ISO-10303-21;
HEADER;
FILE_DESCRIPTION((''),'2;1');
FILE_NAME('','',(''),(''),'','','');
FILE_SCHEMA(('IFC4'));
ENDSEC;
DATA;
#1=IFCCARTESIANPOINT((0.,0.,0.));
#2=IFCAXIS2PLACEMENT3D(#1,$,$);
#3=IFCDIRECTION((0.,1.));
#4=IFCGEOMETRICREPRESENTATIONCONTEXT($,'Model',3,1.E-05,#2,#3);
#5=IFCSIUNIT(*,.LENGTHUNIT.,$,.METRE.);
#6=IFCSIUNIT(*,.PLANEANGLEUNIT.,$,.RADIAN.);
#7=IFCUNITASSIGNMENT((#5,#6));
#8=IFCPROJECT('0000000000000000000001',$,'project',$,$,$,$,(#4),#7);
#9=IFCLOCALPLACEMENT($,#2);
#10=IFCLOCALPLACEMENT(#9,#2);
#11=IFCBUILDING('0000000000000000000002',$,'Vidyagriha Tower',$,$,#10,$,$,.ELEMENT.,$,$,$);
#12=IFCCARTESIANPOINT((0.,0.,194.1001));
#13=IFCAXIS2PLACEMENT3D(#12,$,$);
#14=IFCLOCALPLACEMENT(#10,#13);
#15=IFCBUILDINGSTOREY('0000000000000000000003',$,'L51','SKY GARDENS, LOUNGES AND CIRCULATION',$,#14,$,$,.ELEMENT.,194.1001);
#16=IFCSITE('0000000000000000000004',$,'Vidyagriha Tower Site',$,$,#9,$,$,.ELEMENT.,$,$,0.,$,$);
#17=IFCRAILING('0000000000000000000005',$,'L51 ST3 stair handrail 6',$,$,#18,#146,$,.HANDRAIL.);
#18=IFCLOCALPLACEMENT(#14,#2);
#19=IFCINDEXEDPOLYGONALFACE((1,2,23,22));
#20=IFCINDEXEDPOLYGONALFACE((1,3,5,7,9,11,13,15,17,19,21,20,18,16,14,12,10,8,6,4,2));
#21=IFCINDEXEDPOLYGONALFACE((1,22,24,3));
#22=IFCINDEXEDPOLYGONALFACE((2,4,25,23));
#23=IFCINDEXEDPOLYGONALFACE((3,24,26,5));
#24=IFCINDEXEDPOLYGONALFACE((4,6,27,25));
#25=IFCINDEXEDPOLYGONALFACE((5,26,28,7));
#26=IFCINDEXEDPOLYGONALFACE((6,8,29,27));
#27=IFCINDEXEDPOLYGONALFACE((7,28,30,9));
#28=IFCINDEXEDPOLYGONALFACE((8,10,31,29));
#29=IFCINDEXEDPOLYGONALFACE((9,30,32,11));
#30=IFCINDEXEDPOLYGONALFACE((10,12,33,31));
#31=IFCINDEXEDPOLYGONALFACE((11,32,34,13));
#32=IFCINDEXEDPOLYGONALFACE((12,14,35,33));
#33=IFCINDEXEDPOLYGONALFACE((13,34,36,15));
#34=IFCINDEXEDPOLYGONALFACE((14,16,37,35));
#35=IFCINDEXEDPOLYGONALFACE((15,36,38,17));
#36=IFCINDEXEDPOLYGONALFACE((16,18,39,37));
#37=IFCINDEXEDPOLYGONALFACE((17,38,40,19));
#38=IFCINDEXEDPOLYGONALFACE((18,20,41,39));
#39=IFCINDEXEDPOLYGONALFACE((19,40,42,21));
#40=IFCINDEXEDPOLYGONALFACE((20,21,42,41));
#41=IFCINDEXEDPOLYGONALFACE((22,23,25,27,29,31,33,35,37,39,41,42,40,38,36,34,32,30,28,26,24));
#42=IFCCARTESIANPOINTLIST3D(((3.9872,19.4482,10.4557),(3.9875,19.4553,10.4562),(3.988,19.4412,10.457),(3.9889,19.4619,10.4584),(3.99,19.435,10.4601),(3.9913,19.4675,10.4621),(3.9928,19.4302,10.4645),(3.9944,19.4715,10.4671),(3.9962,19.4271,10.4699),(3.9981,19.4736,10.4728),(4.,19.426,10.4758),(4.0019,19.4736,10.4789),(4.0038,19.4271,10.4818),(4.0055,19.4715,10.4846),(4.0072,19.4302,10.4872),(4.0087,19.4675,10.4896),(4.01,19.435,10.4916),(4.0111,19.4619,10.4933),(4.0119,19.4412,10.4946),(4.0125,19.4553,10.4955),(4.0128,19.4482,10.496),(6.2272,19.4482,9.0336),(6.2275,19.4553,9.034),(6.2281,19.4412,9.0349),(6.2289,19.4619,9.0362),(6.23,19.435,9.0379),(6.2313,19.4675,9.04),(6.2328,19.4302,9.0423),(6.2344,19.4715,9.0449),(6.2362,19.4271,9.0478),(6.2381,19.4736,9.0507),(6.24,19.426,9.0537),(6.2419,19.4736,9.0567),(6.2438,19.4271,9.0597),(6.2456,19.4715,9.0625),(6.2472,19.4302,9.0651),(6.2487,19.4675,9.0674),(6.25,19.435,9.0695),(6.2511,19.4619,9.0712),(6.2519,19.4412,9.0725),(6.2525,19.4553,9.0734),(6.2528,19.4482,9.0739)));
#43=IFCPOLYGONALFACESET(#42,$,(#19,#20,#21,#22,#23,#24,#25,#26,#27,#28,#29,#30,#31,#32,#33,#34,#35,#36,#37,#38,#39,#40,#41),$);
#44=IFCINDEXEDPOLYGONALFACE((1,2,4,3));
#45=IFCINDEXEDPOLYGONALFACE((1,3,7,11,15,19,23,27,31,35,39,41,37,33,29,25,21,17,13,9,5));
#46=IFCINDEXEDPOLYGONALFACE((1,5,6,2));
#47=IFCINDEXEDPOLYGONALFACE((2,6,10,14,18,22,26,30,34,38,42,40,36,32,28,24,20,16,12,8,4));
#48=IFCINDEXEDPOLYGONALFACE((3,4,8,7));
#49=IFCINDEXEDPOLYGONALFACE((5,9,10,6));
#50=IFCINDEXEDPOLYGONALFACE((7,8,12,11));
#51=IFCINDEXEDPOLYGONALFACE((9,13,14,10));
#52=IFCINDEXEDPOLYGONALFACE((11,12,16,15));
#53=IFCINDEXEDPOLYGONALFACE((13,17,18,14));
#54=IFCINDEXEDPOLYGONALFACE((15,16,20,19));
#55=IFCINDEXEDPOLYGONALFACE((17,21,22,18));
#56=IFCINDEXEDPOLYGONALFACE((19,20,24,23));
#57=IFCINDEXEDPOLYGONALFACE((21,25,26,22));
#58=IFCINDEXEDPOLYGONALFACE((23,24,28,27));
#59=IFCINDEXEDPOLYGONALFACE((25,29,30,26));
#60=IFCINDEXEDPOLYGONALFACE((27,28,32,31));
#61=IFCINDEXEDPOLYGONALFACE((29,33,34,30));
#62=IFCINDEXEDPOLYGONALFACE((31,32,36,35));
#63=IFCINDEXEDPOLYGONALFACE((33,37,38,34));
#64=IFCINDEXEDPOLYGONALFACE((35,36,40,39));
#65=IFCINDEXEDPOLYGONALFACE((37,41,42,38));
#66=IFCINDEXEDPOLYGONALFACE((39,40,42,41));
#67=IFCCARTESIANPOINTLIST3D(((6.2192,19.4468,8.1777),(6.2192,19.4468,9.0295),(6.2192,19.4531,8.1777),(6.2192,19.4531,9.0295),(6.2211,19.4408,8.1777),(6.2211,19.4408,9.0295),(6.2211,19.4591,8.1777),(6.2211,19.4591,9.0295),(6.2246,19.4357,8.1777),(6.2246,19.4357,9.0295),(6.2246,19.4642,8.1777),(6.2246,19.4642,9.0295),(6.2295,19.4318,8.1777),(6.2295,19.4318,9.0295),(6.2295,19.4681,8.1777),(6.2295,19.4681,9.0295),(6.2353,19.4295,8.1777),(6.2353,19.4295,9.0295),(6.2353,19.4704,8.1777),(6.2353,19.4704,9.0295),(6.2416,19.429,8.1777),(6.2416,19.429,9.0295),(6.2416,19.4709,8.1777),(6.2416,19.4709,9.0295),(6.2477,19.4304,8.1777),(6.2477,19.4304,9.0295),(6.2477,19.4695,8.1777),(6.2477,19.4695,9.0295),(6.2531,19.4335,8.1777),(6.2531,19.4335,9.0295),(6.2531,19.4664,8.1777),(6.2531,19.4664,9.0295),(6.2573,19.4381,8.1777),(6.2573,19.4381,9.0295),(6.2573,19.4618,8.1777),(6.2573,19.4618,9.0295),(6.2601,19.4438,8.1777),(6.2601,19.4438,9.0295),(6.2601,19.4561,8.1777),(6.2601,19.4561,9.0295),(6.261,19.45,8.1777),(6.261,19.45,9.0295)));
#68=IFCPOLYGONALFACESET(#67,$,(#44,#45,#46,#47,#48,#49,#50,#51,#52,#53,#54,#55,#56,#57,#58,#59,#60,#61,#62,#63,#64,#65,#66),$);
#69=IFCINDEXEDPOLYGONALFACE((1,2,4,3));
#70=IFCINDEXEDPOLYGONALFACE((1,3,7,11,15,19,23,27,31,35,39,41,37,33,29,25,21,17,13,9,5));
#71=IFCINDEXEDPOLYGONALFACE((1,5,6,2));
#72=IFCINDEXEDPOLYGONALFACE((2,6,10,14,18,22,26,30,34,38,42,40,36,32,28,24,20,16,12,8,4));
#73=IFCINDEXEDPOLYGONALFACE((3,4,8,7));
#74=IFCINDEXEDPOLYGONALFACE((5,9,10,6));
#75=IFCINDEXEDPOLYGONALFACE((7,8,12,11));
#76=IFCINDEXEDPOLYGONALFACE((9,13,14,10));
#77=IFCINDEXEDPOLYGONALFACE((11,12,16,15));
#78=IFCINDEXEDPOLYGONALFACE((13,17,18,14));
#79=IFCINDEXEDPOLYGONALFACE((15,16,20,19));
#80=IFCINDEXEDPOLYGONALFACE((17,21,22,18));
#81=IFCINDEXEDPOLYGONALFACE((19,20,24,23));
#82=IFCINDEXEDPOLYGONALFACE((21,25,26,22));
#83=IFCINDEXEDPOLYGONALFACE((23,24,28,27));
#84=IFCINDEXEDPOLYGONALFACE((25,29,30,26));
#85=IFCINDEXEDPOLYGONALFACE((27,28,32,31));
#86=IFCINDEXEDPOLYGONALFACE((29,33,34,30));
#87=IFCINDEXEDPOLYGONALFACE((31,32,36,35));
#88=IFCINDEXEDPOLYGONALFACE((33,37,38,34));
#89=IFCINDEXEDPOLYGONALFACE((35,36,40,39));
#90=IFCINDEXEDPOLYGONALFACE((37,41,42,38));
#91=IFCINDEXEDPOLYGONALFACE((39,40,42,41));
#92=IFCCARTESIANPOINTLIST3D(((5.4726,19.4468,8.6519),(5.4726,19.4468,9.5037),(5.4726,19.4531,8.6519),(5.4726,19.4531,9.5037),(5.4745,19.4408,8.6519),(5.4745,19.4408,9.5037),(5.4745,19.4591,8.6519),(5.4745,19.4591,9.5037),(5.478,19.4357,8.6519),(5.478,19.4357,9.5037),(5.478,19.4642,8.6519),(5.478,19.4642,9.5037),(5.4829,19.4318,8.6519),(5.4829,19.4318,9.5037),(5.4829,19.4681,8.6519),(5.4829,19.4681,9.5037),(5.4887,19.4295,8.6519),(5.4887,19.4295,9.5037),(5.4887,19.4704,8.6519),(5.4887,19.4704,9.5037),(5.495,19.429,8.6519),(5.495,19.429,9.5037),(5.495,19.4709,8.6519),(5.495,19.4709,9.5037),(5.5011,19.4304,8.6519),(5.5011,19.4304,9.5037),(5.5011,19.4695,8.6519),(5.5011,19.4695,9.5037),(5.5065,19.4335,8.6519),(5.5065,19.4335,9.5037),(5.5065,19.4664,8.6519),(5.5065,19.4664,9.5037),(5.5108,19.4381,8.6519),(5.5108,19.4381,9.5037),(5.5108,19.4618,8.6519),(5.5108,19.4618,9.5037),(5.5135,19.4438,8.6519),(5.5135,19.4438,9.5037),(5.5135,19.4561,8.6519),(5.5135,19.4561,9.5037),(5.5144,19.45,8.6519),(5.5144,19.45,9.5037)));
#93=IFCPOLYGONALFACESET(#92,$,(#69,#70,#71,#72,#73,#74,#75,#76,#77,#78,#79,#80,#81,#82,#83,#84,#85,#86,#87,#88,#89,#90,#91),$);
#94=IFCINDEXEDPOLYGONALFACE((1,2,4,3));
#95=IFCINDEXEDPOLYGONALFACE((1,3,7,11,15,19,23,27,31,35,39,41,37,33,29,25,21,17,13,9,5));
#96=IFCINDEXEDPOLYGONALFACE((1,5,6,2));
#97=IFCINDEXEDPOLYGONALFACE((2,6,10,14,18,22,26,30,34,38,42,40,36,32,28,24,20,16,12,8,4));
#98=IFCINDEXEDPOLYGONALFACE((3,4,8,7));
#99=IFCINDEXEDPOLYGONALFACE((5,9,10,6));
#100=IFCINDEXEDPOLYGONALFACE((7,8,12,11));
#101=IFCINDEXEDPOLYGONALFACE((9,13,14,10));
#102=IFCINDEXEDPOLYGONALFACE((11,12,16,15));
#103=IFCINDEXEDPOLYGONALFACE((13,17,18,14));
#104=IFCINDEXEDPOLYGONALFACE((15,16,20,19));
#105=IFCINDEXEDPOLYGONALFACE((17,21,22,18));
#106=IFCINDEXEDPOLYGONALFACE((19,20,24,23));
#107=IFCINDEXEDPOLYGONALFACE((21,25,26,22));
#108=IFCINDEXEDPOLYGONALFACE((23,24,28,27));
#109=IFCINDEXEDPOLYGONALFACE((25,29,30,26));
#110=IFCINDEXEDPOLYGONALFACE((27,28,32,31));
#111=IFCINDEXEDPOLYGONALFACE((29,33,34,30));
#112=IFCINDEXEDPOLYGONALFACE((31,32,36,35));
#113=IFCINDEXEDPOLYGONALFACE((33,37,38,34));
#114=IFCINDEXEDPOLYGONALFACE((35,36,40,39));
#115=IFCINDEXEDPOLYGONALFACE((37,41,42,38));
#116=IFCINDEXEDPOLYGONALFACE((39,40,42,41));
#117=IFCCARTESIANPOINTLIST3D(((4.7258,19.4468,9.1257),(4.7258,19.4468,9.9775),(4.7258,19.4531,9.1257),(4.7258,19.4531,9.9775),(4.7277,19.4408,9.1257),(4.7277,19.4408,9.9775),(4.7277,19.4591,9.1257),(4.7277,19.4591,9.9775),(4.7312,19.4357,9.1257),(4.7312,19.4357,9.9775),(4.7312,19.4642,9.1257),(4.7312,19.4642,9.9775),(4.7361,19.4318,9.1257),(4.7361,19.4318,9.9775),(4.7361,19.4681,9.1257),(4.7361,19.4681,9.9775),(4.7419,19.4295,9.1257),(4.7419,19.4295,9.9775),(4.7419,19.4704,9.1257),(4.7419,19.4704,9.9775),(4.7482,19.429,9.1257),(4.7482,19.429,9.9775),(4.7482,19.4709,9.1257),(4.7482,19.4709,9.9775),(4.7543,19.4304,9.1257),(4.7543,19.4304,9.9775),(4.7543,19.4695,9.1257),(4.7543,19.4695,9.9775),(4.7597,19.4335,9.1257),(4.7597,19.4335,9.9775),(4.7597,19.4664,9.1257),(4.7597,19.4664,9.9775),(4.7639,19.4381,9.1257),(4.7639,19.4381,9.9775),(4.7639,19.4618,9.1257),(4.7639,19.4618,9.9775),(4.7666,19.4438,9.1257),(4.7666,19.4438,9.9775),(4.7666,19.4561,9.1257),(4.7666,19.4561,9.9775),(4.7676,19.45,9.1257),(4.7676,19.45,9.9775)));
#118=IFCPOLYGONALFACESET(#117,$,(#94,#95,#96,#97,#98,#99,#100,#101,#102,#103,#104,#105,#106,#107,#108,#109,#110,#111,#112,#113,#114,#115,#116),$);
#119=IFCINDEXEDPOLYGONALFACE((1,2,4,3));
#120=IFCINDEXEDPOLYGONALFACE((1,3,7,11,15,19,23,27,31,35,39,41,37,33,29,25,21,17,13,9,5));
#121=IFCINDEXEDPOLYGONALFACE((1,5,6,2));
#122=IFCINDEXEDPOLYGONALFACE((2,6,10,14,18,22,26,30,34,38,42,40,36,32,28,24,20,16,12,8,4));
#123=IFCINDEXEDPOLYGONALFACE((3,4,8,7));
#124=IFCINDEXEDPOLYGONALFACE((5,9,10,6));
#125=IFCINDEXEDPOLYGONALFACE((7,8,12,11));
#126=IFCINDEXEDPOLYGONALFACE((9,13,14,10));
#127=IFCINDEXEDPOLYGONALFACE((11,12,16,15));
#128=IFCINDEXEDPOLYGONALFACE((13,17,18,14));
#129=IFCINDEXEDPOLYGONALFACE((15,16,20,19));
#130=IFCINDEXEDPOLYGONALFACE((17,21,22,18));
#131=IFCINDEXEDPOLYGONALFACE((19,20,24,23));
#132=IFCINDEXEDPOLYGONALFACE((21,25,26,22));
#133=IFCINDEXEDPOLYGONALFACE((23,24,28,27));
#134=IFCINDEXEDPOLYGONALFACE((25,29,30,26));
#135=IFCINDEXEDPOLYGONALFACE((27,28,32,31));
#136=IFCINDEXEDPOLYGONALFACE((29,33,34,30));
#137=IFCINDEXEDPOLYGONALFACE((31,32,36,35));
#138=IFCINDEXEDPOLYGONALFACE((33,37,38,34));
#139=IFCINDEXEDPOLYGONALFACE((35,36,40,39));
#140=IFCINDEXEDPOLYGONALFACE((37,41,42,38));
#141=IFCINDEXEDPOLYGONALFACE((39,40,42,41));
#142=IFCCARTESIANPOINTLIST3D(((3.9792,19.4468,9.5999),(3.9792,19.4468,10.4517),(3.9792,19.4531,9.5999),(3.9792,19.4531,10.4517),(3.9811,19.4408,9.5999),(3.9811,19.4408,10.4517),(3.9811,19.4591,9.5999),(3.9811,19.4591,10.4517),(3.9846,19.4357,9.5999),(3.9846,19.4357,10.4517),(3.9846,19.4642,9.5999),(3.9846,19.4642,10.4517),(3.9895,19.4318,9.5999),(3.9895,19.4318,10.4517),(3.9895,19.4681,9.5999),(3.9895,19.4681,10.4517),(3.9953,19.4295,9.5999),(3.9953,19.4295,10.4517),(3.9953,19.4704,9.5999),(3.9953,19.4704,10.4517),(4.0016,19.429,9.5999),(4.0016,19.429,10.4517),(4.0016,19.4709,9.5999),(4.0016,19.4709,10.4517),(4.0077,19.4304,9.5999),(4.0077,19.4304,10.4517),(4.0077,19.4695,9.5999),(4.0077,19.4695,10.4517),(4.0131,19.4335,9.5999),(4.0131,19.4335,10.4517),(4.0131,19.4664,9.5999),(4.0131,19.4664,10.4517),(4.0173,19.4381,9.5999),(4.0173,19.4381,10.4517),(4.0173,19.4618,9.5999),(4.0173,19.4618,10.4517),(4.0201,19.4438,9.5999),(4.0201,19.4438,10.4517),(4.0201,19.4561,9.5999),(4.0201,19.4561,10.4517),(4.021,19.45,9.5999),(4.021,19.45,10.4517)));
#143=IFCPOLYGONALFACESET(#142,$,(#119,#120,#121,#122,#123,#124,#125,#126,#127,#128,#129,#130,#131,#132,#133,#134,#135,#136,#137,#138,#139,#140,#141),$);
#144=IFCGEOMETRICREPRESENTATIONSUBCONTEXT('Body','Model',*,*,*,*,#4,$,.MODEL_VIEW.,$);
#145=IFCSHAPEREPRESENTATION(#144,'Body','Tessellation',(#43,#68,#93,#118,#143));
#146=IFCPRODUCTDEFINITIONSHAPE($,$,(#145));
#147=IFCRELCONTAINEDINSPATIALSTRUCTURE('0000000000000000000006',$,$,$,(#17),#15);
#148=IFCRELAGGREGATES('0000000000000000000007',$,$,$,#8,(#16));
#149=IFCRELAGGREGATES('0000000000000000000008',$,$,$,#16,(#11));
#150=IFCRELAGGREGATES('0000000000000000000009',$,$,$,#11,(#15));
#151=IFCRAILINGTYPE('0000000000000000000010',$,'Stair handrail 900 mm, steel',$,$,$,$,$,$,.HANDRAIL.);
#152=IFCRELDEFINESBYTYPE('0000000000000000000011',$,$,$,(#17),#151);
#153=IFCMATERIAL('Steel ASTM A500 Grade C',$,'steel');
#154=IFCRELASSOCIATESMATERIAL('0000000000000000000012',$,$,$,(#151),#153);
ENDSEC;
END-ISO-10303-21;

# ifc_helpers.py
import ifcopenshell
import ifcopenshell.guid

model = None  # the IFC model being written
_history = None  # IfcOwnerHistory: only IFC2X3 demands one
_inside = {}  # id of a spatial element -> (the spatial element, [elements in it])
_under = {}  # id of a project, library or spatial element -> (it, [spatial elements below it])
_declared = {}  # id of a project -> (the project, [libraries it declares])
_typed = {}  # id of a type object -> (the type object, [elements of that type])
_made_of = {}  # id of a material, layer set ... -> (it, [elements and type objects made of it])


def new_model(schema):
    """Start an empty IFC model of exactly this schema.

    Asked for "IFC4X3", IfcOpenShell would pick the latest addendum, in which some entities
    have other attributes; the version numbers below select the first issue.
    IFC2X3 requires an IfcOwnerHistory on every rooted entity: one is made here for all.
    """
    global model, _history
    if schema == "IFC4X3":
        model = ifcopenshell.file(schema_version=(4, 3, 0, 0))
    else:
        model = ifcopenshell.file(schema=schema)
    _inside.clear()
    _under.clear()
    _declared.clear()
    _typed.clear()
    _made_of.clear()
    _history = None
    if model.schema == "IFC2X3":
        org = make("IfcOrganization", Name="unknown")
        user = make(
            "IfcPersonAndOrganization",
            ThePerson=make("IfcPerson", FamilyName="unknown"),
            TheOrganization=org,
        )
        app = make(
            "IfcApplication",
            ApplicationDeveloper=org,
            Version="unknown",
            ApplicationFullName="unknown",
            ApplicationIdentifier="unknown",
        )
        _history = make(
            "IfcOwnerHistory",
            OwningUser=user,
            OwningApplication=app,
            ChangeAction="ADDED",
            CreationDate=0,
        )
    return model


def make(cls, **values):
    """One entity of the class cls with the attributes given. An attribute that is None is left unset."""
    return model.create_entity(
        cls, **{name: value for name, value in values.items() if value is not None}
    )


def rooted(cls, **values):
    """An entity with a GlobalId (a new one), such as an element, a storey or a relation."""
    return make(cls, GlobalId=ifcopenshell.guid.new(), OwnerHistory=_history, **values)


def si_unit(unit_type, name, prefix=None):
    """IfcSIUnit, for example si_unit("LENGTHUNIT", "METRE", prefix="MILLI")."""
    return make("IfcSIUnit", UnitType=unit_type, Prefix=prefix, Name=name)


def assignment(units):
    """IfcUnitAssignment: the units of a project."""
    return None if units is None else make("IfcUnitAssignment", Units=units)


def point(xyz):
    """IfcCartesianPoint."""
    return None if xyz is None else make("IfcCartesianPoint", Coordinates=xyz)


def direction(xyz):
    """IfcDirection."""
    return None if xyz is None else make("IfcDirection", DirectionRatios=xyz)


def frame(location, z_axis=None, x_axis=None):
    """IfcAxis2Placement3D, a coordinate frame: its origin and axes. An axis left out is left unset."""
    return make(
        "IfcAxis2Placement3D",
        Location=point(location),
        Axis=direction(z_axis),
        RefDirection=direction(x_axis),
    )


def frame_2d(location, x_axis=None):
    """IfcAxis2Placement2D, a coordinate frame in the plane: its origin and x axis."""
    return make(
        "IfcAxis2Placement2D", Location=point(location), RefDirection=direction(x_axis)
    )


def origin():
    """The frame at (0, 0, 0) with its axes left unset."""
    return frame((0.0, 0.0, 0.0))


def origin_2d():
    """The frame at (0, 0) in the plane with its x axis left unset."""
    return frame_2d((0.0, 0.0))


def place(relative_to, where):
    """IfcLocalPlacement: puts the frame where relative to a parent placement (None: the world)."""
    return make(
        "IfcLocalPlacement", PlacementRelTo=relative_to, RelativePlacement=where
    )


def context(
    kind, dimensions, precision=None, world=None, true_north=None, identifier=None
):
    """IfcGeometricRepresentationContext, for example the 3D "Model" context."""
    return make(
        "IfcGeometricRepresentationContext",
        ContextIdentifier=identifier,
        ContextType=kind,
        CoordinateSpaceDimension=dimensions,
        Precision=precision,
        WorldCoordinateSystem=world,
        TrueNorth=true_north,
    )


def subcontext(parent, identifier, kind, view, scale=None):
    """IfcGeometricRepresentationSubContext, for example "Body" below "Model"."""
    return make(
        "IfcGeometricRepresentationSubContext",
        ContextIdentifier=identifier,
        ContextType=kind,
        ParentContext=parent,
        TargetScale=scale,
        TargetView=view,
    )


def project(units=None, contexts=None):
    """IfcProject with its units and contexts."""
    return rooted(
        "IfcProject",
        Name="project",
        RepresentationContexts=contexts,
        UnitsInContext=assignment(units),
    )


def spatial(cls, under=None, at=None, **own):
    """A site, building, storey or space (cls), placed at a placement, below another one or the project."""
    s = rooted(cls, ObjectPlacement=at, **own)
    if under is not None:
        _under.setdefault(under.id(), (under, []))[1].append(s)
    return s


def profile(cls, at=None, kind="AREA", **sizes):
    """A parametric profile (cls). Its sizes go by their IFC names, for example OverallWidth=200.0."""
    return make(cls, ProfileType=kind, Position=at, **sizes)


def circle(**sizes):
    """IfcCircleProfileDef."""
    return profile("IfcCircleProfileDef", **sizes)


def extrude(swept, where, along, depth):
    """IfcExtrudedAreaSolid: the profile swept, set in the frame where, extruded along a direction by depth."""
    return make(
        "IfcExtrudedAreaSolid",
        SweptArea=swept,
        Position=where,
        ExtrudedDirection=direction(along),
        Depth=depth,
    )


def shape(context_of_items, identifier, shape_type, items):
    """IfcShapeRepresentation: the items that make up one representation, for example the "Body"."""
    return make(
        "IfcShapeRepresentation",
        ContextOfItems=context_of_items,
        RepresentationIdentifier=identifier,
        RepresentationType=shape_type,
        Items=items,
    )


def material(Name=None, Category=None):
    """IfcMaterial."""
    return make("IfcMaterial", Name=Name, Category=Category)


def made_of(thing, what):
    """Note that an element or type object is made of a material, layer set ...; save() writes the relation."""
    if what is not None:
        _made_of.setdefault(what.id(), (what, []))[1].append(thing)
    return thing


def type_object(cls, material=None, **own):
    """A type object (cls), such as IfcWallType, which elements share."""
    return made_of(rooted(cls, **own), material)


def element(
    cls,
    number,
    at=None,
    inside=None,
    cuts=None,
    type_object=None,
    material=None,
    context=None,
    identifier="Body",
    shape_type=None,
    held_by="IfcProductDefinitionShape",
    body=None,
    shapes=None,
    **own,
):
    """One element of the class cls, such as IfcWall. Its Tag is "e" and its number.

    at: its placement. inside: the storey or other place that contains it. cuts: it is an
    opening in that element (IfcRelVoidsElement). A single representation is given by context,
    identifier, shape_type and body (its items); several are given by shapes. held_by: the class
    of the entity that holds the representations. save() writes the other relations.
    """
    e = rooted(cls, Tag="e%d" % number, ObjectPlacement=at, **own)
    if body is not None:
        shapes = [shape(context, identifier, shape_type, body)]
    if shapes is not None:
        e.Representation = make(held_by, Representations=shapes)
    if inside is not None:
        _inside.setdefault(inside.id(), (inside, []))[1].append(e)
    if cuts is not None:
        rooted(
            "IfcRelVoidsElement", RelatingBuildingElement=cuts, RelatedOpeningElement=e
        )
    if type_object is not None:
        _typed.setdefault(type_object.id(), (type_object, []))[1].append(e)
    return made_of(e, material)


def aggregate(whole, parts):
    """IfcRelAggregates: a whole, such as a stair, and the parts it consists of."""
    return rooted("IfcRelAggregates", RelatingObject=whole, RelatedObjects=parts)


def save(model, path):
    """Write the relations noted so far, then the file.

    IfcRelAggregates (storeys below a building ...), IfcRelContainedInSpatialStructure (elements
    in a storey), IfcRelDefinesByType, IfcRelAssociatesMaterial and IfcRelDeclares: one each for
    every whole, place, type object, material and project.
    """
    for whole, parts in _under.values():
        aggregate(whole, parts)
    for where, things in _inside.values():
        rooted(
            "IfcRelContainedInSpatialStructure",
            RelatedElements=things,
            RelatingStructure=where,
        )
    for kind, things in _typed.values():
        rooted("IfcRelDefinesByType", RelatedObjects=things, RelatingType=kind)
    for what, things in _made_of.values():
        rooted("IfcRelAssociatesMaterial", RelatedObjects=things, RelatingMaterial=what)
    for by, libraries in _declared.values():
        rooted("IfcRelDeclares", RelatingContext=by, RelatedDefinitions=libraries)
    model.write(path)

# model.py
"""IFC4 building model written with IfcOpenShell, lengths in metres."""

from ifc_helpers import new_model, si_unit, direction, frame, origin, origin_2d, place, context, subcontext, project, spatial, circle, extrude, material, type_object, element, save


model = new_model("IFC4")

# Units and contexts
model_context = context("Model", 3, precision=1e-05, world=origin(), true_north=direction((0.0, 1.0)))
body_context = subcontext(model_context, "Body", "Model", "MODEL_VIEW")
ifc_project = project(units=[si_unit("LENGTHUNIT", "METRE"), si_unit("PLANEANGLEUNIT", "RADIAN")], contexts=[model_context])

# Site, building, storey
site_placement = place(None, origin())
site = spatial("IfcSite", under=ifc_project, at=site_placement, Name="Vidyagriha Tower Site", CompositionType="ELEMENT", RefElevation=0.0)
building_placement = place(site_placement, origin())
building = spatial("IfcBuilding", under=site, at=building_placement, Name="Vidyagriha Tower", CompositionType="ELEMENT")
storey_placement = place(building_placement, frame((0.0, 0.0, 194.1001)))
storey = spatial("IfcBuildingStorey", under=building, at=storey_placement, Name="L51", Description="SKY GARDENS, LOUNGES AND CIRCULATION", CompositionType="ELEMENT", Elevation=194.1001)

# Railing
ifc_material_1 = material(Name="Steel ASTM A500 Grade C", Category="steel")
railing_type_1 = type_object("IfcRailingType", Name="Stair handrail 900 mm, steel", PredefinedType="HANDRAIL", material=ifc_material_1)
for number, where, name in (
    (1, (6.24, 19.45, 8.1777), "L51 ST3 stair handrail 6"),
):
    element("IfcRailing", number, at=place(storey_placement, frame(where)), inside=storey, type_object=railing_type_1, Name=name, PredefinedType="HANDRAIL", context=body_context, shape_type="SweptSolid", body=[
        extrude(circle(Radius=0.0239, at=origin_2d()), frame((0.0, 0.0, 0.876), z_axis=(-0.844229, 0.0, 0.535982), x_axis=(0.0, -1.0, 0.0)), (0.0, 0.0, 1.0), 2.6533),
        extrude(circle(Radius=0.021, at=origin_2d()), origin(), (0.0, 0.0, 1.0), 0.8518),
        extrude(circle(Radius=0.021, at=origin_2d()), frame((-0.7466, 0.0, 0.4741)), (0.0, 0.0, 1.0), 0.8518),
        extrude(circle(Radius=0.021, at=origin_2d()), frame((-1.4934, 0.0, 0.948)), (0.0, 0.0, 1.0), 0.8518),
        extrude(circle(Radius=0.021, at=origin_2d()), frame((-2.24, 0.0, 1.4221)), (0.0, 0.0, 1.0), 0.8518),
    ])

save(model, "model.ifc")
